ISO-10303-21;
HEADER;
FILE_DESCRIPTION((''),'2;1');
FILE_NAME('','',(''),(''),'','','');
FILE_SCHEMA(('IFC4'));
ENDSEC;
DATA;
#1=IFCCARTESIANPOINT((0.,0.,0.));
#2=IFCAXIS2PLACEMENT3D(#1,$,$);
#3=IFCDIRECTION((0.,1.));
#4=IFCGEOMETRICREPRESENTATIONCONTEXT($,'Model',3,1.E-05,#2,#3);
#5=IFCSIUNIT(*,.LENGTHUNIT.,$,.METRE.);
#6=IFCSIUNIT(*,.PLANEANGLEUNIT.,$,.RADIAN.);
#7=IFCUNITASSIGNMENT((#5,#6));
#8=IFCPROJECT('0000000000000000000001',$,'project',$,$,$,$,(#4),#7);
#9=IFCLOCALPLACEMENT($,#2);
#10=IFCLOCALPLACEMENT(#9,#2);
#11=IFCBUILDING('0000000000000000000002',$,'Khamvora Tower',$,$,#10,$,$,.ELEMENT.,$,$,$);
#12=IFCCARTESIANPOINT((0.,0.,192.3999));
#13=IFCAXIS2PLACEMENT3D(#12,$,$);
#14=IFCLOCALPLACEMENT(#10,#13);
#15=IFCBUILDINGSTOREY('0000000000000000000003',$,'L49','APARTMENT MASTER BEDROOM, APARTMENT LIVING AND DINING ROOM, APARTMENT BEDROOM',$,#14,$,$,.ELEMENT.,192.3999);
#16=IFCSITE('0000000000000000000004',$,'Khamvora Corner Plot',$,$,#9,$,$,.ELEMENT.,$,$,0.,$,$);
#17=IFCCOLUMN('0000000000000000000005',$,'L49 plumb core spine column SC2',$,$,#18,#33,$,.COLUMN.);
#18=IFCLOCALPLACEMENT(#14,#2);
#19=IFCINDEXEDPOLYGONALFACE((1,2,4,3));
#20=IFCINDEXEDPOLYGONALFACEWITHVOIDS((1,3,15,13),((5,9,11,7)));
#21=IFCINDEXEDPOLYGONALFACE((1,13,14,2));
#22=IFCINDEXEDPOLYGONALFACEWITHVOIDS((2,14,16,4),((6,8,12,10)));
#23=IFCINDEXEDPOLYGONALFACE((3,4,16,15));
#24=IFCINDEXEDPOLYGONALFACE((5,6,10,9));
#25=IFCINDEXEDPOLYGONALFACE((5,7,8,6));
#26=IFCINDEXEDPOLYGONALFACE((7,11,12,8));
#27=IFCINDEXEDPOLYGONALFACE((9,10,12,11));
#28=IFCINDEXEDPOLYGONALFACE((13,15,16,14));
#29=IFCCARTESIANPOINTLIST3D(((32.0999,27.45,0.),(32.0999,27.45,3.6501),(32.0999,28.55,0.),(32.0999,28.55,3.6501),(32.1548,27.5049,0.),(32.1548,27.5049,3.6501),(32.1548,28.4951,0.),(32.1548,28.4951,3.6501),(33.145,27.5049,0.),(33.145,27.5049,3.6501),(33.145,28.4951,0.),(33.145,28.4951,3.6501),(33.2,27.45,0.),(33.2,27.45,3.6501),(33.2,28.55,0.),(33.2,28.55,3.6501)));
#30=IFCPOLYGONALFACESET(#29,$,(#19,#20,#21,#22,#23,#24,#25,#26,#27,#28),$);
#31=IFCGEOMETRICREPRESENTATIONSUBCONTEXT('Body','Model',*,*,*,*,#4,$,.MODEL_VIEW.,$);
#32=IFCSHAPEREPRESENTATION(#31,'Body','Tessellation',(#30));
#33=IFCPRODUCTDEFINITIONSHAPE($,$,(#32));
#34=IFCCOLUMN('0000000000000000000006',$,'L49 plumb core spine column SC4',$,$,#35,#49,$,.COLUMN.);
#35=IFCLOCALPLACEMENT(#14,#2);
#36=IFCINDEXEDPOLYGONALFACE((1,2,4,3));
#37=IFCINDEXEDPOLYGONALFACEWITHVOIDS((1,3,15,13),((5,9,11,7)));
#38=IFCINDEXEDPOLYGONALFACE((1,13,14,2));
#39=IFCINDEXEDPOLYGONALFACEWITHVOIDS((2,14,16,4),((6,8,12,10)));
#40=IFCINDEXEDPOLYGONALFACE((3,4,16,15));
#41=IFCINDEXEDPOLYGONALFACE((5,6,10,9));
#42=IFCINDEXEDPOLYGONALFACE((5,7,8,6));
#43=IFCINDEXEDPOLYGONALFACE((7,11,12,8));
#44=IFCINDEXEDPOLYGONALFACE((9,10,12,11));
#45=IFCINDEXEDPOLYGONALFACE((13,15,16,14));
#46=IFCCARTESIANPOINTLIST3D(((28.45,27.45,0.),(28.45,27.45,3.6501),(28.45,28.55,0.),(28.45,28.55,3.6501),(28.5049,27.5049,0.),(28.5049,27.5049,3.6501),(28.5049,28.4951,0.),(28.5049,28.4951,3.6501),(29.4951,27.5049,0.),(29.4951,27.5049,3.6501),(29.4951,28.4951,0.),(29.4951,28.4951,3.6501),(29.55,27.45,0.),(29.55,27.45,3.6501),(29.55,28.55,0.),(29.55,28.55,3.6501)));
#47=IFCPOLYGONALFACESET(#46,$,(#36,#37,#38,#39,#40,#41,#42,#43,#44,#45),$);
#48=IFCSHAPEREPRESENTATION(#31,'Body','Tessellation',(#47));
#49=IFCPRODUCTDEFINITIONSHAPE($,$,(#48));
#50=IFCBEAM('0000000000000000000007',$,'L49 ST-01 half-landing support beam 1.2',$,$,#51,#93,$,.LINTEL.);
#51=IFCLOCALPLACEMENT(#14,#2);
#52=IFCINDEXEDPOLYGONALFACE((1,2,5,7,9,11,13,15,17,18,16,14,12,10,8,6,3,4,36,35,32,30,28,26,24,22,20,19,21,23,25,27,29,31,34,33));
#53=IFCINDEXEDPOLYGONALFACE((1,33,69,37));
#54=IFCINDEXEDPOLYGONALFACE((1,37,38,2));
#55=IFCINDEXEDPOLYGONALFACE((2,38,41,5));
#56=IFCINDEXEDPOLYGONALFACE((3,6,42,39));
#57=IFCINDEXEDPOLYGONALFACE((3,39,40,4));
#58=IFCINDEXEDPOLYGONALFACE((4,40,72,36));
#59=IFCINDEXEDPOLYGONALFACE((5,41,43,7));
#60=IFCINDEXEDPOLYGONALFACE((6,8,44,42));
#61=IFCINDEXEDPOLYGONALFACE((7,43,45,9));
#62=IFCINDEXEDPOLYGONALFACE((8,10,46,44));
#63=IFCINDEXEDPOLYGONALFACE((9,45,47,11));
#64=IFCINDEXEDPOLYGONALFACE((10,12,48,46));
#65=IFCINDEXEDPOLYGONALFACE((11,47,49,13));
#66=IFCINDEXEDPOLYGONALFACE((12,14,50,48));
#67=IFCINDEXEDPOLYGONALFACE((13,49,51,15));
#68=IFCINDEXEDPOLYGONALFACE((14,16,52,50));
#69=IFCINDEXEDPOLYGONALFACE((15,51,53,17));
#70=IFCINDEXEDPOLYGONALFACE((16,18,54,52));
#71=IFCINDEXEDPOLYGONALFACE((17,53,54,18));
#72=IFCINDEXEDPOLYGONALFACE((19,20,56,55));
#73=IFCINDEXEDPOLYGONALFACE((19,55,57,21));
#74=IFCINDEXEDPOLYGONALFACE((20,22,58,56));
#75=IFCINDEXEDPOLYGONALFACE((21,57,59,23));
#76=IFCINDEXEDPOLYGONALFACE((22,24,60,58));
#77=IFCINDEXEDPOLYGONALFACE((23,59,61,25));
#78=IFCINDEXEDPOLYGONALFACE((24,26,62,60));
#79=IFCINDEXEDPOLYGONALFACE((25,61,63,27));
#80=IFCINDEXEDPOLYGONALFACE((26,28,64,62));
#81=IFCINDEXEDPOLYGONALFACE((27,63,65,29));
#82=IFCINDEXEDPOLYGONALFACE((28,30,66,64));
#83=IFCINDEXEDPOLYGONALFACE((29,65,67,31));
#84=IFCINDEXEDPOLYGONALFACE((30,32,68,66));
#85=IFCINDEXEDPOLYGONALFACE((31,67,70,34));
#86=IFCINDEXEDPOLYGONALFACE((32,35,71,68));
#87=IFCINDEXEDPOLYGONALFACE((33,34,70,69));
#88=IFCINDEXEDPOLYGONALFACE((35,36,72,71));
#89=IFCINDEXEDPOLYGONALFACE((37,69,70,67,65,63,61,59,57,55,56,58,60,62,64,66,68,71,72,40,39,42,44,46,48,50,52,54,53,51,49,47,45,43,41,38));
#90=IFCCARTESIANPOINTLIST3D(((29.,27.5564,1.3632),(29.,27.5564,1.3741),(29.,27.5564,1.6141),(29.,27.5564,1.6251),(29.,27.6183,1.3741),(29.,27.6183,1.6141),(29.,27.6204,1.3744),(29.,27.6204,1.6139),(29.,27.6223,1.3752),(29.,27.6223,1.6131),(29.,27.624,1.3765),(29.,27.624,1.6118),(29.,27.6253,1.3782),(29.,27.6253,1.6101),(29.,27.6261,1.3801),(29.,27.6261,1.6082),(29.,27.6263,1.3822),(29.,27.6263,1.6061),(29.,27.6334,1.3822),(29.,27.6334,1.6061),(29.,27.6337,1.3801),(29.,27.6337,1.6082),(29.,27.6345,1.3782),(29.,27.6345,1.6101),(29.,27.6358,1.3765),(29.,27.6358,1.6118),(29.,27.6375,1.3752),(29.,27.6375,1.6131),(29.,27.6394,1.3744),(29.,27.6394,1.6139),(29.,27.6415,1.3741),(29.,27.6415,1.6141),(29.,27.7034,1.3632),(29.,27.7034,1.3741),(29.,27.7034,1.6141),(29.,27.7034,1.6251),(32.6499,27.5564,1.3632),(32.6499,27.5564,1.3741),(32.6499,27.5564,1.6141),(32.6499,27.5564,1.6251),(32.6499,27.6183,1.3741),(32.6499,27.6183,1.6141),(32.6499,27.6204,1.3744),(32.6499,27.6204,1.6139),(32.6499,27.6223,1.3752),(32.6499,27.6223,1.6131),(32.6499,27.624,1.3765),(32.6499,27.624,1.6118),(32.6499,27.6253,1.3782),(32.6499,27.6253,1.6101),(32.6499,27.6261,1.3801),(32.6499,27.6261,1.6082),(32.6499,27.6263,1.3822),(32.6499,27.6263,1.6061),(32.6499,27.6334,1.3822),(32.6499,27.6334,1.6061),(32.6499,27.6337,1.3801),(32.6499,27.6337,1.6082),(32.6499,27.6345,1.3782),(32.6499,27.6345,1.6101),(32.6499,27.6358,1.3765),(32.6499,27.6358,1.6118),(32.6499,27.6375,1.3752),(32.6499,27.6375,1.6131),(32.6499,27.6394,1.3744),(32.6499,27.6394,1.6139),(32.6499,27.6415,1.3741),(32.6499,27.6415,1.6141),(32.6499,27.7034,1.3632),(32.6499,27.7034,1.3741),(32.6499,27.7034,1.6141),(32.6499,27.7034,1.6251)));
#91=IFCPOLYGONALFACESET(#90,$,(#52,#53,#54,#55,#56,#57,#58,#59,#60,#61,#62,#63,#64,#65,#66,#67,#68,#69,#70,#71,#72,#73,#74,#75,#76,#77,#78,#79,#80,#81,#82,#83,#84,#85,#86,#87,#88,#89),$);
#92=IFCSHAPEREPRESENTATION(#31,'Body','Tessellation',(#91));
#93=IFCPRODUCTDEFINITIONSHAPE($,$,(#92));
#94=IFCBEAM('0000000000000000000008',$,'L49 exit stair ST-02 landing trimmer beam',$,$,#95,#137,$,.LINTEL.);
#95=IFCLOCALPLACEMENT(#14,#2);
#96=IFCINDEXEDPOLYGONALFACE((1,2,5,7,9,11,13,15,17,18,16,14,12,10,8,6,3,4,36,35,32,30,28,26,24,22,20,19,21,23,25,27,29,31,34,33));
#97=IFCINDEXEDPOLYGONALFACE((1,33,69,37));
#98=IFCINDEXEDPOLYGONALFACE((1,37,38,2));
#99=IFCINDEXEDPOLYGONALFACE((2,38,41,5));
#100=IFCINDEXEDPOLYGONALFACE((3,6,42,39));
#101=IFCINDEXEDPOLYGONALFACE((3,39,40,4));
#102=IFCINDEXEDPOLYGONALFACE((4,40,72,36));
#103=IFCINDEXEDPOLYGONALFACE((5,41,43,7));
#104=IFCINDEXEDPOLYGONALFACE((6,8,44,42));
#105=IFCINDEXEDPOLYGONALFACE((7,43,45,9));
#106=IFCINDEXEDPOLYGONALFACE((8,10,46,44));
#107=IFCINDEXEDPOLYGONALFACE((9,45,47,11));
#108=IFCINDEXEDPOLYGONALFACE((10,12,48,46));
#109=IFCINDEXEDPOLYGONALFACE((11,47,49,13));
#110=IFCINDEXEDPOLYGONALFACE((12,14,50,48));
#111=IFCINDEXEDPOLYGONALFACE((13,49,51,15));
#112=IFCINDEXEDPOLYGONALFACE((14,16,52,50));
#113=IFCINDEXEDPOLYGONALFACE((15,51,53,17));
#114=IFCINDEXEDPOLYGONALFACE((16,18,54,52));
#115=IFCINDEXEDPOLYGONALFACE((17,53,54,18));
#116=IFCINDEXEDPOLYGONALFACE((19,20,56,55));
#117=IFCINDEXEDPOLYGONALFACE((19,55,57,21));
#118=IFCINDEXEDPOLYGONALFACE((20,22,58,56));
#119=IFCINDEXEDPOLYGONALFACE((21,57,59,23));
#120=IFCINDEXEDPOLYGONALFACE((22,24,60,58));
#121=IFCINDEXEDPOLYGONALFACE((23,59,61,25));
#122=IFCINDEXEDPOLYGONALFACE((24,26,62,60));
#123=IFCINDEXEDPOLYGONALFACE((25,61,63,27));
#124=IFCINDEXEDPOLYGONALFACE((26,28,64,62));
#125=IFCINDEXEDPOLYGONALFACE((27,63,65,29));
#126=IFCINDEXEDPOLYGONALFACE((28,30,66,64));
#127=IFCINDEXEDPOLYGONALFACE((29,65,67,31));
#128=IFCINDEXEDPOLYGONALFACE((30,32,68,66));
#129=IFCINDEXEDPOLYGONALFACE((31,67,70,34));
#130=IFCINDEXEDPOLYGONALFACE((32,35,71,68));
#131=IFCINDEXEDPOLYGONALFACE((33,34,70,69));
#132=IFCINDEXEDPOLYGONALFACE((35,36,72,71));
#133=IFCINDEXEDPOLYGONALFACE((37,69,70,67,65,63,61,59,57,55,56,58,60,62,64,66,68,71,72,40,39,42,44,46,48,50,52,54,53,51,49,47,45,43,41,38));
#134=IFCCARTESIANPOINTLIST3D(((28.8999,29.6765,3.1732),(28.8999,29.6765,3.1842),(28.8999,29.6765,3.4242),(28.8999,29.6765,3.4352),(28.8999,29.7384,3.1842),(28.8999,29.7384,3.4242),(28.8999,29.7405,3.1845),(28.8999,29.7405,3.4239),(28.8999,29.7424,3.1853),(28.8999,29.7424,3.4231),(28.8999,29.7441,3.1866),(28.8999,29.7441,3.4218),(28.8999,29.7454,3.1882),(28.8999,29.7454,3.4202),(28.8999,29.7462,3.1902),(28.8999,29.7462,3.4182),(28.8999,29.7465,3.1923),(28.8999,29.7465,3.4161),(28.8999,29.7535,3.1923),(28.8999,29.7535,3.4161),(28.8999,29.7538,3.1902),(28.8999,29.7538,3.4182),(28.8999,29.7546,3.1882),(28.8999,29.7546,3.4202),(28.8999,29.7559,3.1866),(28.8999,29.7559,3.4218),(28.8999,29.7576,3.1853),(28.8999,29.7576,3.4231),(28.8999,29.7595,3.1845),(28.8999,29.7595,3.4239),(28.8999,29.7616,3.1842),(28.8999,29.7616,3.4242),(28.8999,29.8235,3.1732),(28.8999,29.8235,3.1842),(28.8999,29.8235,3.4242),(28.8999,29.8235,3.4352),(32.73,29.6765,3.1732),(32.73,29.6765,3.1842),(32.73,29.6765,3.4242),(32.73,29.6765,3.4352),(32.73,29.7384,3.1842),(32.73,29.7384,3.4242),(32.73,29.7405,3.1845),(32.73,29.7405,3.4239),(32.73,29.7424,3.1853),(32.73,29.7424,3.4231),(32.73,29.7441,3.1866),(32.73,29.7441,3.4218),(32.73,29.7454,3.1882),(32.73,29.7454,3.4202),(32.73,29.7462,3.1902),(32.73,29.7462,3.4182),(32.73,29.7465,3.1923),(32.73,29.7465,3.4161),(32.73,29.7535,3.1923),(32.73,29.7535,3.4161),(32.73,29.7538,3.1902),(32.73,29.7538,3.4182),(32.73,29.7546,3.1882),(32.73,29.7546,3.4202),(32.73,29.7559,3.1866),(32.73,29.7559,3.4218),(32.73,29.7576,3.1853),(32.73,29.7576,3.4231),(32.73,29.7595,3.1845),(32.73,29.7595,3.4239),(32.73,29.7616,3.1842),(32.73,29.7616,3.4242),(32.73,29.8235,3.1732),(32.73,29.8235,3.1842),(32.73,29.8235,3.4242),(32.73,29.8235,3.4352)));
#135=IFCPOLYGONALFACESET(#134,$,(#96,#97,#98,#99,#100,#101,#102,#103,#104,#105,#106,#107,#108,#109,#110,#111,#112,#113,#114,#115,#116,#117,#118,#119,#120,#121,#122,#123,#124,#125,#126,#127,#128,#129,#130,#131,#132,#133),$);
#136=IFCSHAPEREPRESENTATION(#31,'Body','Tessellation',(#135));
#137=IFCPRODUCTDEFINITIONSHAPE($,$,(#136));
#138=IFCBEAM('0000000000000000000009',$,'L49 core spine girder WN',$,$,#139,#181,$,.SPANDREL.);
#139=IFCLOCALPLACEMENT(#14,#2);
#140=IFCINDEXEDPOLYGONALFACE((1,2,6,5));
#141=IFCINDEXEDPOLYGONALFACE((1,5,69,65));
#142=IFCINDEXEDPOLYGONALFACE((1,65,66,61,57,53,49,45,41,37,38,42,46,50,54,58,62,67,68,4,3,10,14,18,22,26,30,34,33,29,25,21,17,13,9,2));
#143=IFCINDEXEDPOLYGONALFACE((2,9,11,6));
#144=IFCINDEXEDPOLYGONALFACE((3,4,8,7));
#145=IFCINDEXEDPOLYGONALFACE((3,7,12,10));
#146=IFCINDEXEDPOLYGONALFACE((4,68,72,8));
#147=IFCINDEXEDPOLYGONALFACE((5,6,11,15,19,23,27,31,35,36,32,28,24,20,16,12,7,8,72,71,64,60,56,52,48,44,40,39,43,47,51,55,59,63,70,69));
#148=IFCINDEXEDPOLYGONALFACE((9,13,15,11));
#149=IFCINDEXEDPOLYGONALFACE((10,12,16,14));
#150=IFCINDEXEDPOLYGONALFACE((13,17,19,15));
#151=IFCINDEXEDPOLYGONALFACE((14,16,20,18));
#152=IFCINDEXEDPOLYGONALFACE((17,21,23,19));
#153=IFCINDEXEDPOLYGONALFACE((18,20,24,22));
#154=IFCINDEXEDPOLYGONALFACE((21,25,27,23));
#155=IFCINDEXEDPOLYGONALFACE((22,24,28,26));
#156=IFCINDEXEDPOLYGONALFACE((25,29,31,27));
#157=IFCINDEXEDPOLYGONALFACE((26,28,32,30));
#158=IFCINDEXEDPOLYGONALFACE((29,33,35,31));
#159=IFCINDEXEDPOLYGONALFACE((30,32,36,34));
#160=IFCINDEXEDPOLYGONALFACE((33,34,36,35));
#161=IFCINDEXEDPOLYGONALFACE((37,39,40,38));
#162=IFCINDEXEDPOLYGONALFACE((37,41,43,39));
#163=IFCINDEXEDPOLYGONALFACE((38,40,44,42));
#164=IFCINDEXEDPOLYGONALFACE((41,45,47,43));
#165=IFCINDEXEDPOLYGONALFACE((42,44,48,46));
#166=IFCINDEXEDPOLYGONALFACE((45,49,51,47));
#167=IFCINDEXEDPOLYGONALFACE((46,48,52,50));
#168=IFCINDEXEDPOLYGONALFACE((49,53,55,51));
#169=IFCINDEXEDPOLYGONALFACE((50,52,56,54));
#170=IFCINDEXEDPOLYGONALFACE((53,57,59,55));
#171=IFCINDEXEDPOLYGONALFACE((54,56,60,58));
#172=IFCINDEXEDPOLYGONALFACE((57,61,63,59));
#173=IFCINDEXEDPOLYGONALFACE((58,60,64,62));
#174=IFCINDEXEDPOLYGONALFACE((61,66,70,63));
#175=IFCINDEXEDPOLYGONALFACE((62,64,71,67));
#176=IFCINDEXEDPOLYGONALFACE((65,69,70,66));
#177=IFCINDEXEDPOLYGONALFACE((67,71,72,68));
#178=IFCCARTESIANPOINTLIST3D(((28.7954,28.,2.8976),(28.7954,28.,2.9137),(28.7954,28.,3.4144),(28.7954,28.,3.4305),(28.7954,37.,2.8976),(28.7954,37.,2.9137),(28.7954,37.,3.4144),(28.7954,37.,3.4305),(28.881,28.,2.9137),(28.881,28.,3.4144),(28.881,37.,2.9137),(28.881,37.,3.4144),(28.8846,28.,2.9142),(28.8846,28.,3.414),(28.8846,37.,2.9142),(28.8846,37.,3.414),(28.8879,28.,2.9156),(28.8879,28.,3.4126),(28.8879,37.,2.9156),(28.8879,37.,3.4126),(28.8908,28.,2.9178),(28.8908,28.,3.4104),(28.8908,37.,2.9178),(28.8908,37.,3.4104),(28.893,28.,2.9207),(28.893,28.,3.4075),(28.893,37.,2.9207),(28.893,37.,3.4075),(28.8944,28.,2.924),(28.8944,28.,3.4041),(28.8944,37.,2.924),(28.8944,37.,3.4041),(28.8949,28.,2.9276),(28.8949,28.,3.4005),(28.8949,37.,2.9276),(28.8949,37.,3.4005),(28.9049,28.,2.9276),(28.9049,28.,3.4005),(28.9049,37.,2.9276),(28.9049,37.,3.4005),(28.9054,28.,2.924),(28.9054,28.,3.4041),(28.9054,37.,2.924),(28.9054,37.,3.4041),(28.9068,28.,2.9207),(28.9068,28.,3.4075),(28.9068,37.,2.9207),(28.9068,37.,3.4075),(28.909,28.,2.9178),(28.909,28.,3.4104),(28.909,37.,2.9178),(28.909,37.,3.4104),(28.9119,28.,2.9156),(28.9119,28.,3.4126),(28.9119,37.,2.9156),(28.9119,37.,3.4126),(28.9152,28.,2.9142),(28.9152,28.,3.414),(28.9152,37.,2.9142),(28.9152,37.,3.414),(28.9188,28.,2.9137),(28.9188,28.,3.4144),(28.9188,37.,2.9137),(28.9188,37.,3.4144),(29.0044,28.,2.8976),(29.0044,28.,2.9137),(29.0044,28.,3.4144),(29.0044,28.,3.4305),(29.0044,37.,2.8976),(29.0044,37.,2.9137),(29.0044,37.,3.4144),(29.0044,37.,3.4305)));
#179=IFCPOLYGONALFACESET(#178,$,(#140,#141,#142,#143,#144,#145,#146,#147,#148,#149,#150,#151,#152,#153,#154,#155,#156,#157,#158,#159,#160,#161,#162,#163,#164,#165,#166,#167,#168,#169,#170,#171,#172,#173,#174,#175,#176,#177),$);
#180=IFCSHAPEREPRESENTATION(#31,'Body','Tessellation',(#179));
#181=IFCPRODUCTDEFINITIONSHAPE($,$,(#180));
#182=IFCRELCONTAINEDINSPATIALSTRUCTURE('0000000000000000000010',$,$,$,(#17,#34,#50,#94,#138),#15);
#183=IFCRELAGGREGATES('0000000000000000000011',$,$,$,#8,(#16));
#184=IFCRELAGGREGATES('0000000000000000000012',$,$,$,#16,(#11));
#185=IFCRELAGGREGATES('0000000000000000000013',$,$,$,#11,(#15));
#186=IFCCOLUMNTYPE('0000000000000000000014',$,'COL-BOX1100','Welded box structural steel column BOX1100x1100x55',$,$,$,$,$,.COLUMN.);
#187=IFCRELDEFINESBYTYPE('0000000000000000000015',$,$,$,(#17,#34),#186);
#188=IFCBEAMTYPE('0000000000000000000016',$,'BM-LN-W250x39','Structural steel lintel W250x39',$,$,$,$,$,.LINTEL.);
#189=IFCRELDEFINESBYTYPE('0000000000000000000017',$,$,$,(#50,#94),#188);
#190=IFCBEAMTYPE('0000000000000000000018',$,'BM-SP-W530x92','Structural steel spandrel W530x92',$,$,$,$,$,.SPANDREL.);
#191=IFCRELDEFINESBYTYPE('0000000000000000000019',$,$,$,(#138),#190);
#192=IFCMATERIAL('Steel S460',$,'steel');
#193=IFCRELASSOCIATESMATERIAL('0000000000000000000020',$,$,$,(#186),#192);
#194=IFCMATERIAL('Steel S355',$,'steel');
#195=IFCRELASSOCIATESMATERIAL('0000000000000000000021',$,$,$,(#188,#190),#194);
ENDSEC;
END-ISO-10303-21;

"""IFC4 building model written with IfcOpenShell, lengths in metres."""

from ifc_helpers import new_model, si_unit, direction, frame, origin, origin_2d, place, context, subcontext, project, spatial, hollow_rectangle, i_section, extrude, material, material_profile, profile_set, type_object, element, save


model = new_model("IFC4")

# Units and contexts
model_context = context("Model", 3, precision=1e-05, world=origin(), true_north=direction((0.0, 1.0)))
body_context = subcontext(model_context, "Body", "Model", "MODEL_VIEW")
ifc_project = project(units=[si_unit("LENGTHUNIT", "METRE"), si_unit("PLANEANGLEUNIT", "RADIAN")], contexts=[model_context])

# Site, building, storey
site_placement = place(None, origin())
site = spatial("IfcSite", under=ifc_project, at=site_placement, Name="Khamvora Corner Plot", CompositionType="ELEMENT", RefElevation=0.0)
building_placement = place(site_placement, origin())
building = spatial("IfcBuilding", under=site, at=building_placement, Name="Khamvora Tower", CompositionType="ELEMENT")
storey_placement = place(building_placement, frame((0.0, 0.0, 192.3999)))
storey = spatial("IfcBuildingStorey", under=building, at=storey_placement, Name="L49", Description="APARTMENT MASTER BEDROOM, APARTMENT LIVING AND DINING ROOM, APARTMENT BEDROOM", CompositionType="ELEMENT", Elevation=192.3999)

# Columns
ifc_material_1 = material(Name="Steel S460", Category="steel")
ifc_material_profile_1 = material_profile(ifc_material_1, hollow_rectangle(XDim=1.1001, YDim=1.1001, WallThickness=0.0549, at=origin_2d()), Name="BOX1100x1100x55")
ifc_profile_set_1 = profile_set([ifc_material_profile_1], Name="Steel S460")
column_type = type_object("IfcColumnType", Name="COL-BOX1100", Description="Welded box structural steel column BOX1100x1100x55", PredefinedType="COLUMN", material=ifc_profile_set_1)
for number, where, z_axis, x_axis, name in (
    (1, (32.6499, 28.0, 0.0), (0.0, 0.0, 1.0), (1.0, 0.0, 0.0), "L49 plumb core spine column SC2"),
    (2, (29.0, 28.0, 0.0), (0.0, 0.0, 1.0), (1.0, 0.0, 0.0), "L49 plumb core spine column SC4"),
):
    element("IfcColumn", number, at=place(storey_placement, frame(where, z_axis=z_axis, x_axis=x_axis)), inside=storey, type_object=column_type, Name=name, PredefinedType="COLUMN", context=body_context, shape_type="SweptSolid", body=[
        extrude(hollow_rectangle(XDim=1.1001, YDim=1.1001, WallThickness=0.0549, at=origin_2d()), origin(), (0.0, 0.0, 1.0), 3.6501),
    ])

# Beams
ifc_material_2 = material(Name="Steel S355", Category="steel")
ifc_material_profile_2 = material_profile(ifc_material_2, i_section(OverallWidth=0.147, OverallDepth=0.262, WebThickness=0.0071, FlangeThickness=0.011, FilletRadius=0.0081, at=origin_2d()), Name="W250x39")
ifc_profile_set_2 = profile_set([ifc_material_profile_2], Name="Steel S355")
beam_type_1 = type_object("IfcBeamType", Name="BM-LN-W250x39", Description="Structural steel lintel W250x39", PredefinedType="LINTEL", material=ifc_profile_set_2)
beam_1_placement = place(storey_placement, frame((29.0, 27.6299, 1.4941), z_axis=(1.0, 0.0, 0.0), x_axis=(0.0, 1.0, 0.0)))
element("IfcBeam", 3, at=beam_1_placement, inside=storey, type_object=beam_type_1, Name="L49 ST-01 half-landing support beam 1.2", PredefinedType="LINTEL", context=body_context, shape_type="SweptSolid", body=[
    extrude(i_section(OverallWidth=0.147, OverallDepth=0.262, WebThickness=0.0071, FlangeThickness=0.011, FilletRadius=0.0081, at=origin_2d()), origin(), (0.0, 0.0, 1.0), 3.6499),
])
beam_2_placement = place(storey_placement, frame((28.8999, 29.75, 3.3042), z_axis=(1.0, 0.0, 0.0), x_axis=(0.0, 1.0, 0.0)))
element("IfcBeam", 4, at=beam_2_placement, inside=storey, type_object=beam_type_1, Name="L49 exit stair ST-02 landing trimmer beam", PredefinedType="LINTEL", context=body_context, shape_type="SweptSolid", body=[
    extrude(i_section(OverallWidth=0.147, OverallDepth=0.262, WebThickness=0.0071, FlangeThickness=0.011, FilletRadius=0.0081, at=origin_2d()), origin(), (0.0, 0.0, 1.0), 3.8301),
])
ifc_material_profile_3 = material_profile(ifc_material_2, i_section(OverallWidth=0.209, OverallDepth=0.533, WebThickness=0.01, FlangeThickness=0.0161, FilletRadius=0.0139, at=origin_2d()), Name="W530x92")
ifc_profile_set_3 = profile_set([ifc_material_profile_3], Name="Steel S355")
beam_type_2 = type_object("IfcBeamType", Name="BM-SP-W530x92", Description="Structural steel spandrel W530x92", PredefinedType="SPANDREL", material=ifc_profile_set_3)
for number, where, z_axis, x_axis, name in (
    (5, (28.8999, 28.0, 3.1641), (0.0, 1.0, 0.0), (-1.0, 0.0, 0.0), "L49 core spine girder WN"),
):
    element("IfcBeam", number, at=place(storey_placement, frame(where, z_axis=z_axis, x_axis=x_axis)), inside=storey, type_object=beam_type_2, Name=name, PredefinedType="SPANDREL", context=body_context, shape_type="SweptSolid", body=[
        extrude(i_section(OverallWidth=0.209, OverallDepth=0.533, WebThickness=0.01, FlangeThickness=0.0161, FilletRadius=0.0139, at=origin_2d()), origin(), (0.0, 0.0, 1.0), 9.0),
    ])

save(model, "model.ifc")
